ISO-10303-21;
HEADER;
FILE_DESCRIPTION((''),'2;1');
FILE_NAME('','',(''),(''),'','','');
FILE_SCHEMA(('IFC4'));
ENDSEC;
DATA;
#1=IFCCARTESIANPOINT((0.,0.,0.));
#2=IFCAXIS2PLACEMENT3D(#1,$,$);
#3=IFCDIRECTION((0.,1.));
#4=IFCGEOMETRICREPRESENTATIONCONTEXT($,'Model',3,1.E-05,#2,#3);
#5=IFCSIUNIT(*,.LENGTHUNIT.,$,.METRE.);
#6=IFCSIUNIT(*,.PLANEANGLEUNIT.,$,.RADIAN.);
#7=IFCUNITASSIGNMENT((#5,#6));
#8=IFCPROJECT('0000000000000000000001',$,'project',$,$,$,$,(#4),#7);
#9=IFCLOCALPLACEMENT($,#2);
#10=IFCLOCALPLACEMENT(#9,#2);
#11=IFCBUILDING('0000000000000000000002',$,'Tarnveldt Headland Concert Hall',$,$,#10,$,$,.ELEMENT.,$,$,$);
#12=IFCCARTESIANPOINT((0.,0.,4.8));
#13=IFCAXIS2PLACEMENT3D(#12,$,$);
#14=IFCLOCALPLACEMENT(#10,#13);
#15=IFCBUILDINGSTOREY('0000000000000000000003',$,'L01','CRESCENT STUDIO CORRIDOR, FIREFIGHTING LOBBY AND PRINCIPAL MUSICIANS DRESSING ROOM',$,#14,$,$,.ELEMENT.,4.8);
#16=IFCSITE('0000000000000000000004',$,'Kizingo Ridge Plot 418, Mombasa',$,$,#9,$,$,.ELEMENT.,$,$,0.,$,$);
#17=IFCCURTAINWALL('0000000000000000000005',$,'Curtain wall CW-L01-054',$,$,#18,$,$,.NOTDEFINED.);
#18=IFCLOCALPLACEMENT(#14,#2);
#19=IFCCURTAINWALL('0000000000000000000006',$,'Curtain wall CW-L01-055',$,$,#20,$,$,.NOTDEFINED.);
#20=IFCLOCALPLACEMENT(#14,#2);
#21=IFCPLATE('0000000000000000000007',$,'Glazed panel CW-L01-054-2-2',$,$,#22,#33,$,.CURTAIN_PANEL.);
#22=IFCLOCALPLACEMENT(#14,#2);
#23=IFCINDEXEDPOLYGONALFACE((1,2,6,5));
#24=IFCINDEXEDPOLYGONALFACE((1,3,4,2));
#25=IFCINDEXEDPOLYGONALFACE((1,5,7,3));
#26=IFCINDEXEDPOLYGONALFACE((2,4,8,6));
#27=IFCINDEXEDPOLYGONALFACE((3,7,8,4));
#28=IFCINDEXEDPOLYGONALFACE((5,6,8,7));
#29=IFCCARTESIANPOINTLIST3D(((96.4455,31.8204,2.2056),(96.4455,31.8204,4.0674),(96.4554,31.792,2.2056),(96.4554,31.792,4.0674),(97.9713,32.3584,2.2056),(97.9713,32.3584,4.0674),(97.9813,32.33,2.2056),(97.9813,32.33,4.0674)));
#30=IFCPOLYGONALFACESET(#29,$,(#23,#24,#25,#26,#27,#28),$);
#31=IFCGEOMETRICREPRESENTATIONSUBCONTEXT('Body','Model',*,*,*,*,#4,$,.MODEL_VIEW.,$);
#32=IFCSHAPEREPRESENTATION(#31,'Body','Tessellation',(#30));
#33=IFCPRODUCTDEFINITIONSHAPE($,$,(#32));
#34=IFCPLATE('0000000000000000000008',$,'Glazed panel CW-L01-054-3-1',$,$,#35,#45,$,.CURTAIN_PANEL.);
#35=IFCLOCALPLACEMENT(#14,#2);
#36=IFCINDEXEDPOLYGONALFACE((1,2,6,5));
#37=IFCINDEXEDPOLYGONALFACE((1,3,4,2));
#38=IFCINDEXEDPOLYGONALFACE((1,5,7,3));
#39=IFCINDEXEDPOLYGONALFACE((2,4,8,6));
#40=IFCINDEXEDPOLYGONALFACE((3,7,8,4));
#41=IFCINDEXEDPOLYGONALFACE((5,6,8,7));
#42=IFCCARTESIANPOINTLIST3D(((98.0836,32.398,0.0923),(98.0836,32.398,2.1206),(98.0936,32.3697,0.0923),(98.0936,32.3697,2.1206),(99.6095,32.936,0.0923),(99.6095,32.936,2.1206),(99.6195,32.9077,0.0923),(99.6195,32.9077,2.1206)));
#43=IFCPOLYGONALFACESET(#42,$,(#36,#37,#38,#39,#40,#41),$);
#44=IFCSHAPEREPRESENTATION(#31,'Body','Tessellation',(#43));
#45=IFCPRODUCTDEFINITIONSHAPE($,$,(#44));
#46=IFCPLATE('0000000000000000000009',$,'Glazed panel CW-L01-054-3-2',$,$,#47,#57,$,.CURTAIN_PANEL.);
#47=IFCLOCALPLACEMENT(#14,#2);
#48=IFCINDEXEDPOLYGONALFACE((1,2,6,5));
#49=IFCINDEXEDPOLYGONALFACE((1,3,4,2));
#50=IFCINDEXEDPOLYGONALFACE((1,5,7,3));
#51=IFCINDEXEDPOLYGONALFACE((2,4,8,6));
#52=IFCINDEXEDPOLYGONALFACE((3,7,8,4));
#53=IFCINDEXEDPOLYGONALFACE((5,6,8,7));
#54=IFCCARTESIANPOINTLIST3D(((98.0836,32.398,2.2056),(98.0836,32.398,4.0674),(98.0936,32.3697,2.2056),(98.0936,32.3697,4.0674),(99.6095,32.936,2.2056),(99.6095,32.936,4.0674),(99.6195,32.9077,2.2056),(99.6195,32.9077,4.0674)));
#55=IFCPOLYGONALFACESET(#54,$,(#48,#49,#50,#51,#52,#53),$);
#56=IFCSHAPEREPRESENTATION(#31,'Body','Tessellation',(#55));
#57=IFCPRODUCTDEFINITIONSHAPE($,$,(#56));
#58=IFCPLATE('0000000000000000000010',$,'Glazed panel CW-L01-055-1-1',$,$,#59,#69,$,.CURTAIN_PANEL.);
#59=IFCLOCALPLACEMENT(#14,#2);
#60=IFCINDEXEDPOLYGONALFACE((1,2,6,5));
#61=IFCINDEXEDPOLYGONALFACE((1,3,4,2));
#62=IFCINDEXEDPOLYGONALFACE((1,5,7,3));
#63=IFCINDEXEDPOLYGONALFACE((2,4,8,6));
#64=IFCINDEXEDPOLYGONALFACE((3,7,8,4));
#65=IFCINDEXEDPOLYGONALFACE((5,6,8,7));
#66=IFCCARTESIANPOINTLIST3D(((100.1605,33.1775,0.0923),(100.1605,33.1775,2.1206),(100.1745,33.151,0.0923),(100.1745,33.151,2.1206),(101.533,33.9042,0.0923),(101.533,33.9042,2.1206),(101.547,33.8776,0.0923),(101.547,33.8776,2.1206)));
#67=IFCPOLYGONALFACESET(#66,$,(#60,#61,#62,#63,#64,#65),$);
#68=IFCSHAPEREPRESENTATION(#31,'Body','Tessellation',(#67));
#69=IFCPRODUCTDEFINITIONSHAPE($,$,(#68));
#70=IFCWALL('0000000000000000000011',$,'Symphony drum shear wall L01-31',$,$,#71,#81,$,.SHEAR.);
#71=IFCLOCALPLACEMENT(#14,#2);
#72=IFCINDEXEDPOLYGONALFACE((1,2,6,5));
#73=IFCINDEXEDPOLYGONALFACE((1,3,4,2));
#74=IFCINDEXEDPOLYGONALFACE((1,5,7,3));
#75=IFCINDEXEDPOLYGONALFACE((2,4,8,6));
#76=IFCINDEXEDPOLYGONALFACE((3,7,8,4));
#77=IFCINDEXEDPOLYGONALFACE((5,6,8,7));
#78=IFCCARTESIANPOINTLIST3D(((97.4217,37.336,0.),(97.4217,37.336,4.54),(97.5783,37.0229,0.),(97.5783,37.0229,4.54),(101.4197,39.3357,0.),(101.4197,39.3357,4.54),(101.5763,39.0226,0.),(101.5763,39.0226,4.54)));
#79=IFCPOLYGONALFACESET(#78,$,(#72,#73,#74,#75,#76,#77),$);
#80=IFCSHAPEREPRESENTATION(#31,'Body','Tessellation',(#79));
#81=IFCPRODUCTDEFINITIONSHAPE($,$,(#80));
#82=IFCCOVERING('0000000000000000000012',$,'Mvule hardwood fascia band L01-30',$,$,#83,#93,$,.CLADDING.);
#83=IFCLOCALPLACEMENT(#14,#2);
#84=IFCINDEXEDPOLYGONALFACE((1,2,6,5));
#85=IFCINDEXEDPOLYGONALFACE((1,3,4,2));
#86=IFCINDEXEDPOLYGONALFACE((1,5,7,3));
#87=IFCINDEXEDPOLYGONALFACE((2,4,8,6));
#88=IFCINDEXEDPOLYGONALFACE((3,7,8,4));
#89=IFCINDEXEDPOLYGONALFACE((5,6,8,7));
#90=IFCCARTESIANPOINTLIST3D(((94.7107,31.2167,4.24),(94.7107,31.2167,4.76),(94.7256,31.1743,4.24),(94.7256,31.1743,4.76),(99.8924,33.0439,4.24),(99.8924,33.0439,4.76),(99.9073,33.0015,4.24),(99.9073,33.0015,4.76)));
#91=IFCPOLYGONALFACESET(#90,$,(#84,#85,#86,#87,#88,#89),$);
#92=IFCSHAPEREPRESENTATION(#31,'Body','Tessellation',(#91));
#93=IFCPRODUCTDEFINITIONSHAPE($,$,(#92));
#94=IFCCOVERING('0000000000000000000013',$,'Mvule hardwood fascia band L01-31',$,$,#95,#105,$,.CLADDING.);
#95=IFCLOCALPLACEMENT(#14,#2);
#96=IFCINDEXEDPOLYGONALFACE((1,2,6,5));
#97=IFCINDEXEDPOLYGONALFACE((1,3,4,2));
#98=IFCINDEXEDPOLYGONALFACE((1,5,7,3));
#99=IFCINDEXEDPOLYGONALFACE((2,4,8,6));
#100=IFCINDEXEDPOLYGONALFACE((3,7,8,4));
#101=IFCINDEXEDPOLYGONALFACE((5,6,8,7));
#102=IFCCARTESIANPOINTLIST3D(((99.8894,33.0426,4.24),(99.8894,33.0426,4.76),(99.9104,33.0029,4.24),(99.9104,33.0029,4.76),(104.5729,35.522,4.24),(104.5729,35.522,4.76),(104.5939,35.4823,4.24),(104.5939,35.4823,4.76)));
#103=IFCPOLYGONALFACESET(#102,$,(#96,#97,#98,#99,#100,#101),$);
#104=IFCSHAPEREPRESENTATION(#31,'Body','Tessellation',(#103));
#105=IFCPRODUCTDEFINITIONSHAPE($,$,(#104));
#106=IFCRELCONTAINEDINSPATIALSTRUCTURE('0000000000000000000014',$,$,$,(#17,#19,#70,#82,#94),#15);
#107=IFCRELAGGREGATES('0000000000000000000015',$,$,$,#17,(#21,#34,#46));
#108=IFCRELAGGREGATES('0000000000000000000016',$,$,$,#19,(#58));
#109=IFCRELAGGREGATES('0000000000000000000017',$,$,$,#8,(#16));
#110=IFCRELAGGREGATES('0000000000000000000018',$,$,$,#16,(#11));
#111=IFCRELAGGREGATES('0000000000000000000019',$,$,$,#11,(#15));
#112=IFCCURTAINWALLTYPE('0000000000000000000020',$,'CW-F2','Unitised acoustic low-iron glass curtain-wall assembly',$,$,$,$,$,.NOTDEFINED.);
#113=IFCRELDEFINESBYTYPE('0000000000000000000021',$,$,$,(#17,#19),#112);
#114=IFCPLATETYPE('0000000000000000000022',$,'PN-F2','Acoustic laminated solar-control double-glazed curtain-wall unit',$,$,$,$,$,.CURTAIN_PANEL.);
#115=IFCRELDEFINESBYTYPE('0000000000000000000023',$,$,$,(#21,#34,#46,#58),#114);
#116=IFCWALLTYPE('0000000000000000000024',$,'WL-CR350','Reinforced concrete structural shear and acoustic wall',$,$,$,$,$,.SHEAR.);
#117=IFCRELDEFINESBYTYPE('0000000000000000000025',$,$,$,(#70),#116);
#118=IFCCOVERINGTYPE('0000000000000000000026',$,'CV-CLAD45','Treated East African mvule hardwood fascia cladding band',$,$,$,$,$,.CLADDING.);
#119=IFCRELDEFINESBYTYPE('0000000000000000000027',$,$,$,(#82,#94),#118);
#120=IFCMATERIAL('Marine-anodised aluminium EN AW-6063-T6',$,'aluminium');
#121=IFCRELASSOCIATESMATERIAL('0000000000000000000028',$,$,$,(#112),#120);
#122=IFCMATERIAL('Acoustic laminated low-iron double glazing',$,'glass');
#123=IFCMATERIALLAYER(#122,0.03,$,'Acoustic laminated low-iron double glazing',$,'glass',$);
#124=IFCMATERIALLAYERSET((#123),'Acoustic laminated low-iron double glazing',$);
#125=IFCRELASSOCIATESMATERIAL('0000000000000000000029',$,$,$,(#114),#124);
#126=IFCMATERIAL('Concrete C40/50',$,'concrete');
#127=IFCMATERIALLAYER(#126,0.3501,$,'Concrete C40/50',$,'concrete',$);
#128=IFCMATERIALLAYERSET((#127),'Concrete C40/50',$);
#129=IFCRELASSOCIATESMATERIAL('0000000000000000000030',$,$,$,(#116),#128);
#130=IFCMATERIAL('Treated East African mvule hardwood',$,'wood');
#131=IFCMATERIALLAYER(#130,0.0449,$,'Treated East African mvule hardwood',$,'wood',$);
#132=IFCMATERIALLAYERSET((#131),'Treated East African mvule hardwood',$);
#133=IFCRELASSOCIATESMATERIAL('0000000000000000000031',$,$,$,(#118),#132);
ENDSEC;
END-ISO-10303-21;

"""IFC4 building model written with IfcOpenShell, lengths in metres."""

from ifc_helpers import new_model, si_unit, direction, frame, frame_2d, origin, origin_2d, place, context, subcontext, project, spatial, rectangle, extrude, material, layer, layer_set, type_object, element, aggregate, save


model = new_model("IFC4")

# Units and contexts
model_context = context("Model", 3, precision=1e-05, world=origin(), true_north=direction((0.0, 1.0)))
body_context = subcontext(model_context, "Body", "Model", "MODEL_VIEW")
ifc_project = project(units=[si_unit("LENGTHUNIT", "METRE"), si_unit("PLANEANGLEUNIT", "RADIAN")], contexts=[model_context])

# Site, building, storey
site_placement = place(None, origin())
site = spatial("IfcSite", under=ifc_project, at=site_placement, Name="Kizingo Ridge Plot 418, Mombasa", CompositionType="ELEMENT", RefElevation=0.0)
building_placement = place(site_placement, origin())
building = spatial("IfcBuilding", under=site, at=building_placement, Name="Tarnveldt Headland Concert Hall", CompositionType="ELEMENT")
storey_placement = place(building_placement, frame((0.0, 0.0, 4.8)))
storey = spatial("IfcBuildingStorey", under=building, at=storey_placement, Name="L01", Description="CRESCENT STUDIO CORRIDOR, FIREFIGHTING LOBBY AND PRINCIPAL MUSICIANS DRESSING ROOM", CompositionType="ELEMENT", Elevation=4.8)

# Shared definitions
ifc_material_1 = material(Name="Concrete C40/50", Category="concrete")

# Shared definitions
ifc_material_2 = material(Name="Marine-anodised aluminium EN AW-6063-T6", Category="aluminium")
curtain_wall_type = type_object("IfcCurtainWallType", Name="CW-F2", Description="Unitised acoustic low-iron glass curtain-wall assembly", PredefinedType="NOTDEFINED", material=ifc_material_2)

# Curtain wall
curtain_wall_1_placement = place(storey_placement, origin())
curtain_wall_1 = element("IfcCurtainWall", 1, at=curtain_wall_1_placement, inside=storey, type_object=curtain_wall_type, Name="Curtain wall CW-L01-054", PredefinedType="NOTDEFINED")

# Curtain wall
curtain_wall_2_placement = place(storey_placement, origin())
curtain_wall_2 = element("IfcCurtainWall", 2, at=curtain_wall_2_placement, inside=storey, type_object=curtain_wall_type, Name="Curtain wall CW-L01-055", PredefinedType="NOTDEFINED")

# Plates
ifc_material_3 = material(Name="Acoustic laminated low-iron double glazing", Category="glass")
ifc_layer_1 = layer(ifc_material_3, 0.03, Name="Acoustic laminated low-iron double glazing", Category="glass")
ifc_layer_set_1 = layer_set([ifc_layer_1], Name="Acoustic laminated low-iron double glazing")
plate_type = type_object("IfcPlateType", Name="PN-F2", Description="Acoustic laminated solar-control double-glazed curtain-wall unit", PredefinedType="CURTAIN_PANEL", material=ifc_layer_set_1)
plate_1_placement = place(storey_placement, frame((97.2134, 32.0752, 2.2056), z_axis=(0.0, 0.0, 1.0), x_axis=(0.943095, 0.332523, 0.0)))
plate_1 = element("IfcPlate", 3, at=plate_1_placement, type_object=plate_type, Name="Glazed panel CW-L01-054-2-2", PredefinedType="CURTAIN_PANEL", context=body_context, shape_type="SweptSolid", body=[
    extrude(rectangle(XDim=1.6179, YDim=0.03, at=origin_2d()), origin(), (0.0, 0.0, 1.0), 1.8618),
])
plate_2_placement = place(storey_placement, frame((98.8516, 32.6528, 0.0923), z_axis=(0.0, 0.0, 1.0), x_axis=(0.943095, 0.332523, 0.0)))
plate_2 = element("IfcPlate", 4, at=plate_2_placement, type_object=plate_type, Name="Glazed panel CW-L01-054-3-1", PredefinedType="CURTAIN_PANEL", context=body_context, shape_type="SweptSolid", body=[
    extrude(rectangle(XDim=1.6179, YDim=0.03, at=origin_2d()), origin(), (0.0, 0.0, 1.0), 2.0283),
])
plate_3_placement = place(storey_placement, frame((98.8516, 32.6528, 2.2056), z_axis=(0.0, 0.0, 1.0), x_axis=(0.943095, 0.332523, 0.0)))
plate_3 = element("IfcPlate", 5, at=plate_3_placement, type_object=plate_type, Name="Glazed panel CW-L01-054-3-2", PredefinedType="CURTAIN_PANEL", context=body_context, shape_type="SweptSolid", body=[
    extrude(rectangle(XDim=1.6179, YDim=0.03, at=origin_2d()), origin(), (0.0, 0.0, 1.0), 1.8618),
])
aggregate(curtain_wall_1, [plate_1, plate_2, plate_3])
plate_4_placement = place(storey_placement, frame((100.8538, 33.5276, 0.0923), z_axis=(0.0, 0.0, 1.0), x_axis=(0.883782, 0.467899, 0.0)))
plate_4 = element("IfcPlate", 6, at=plate_4_placement, type_object=plate_type, Name="Glazed panel CW-L01-055-1-1", PredefinedType="CURTAIN_PANEL", context=body_context, shape_type="SweptSolid", body=[
    extrude(rectangle(XDim=1.553, YDim=0.03, at=origin_2d()), origin(), (0.0, 0.0, 1.0), 2.0283),
])
aggregate(curtain_wall_2, [plate_4])

# Wall
ifc_layer_2 = layer(ifc_material_1, 0.3501, Name="Concrete C40/50", Category="concrete")
ifc_layer_set_2 = layer_set([ifc_layer_2], Name="Concrete C40/50")
wall_type = type_object("IfcWallType", Name="WL-CR350", Description="Reinforced concrete structural shear and acoustic wall", PredefinedType="SHEAR", material=ifc_layer_set_2)
wall_placement = place(storey_placement, frame((97.5, 37.1794, 0.0), z_axis=(0.0, 0.0, 1.0), x_axis=(0.894362, 0.447345, 0.0)))
element("IfcWall", 7, at=wall_placement, inside=storey, type_object=wall_type, Name="Symphony drum shear wall L01-31", PredefinedType="SHEAR", context=body_context, shape_type="SweptSolid", body=[
    extrude(rectangle(XDim=4.4702, YDim=0.3501, at=frame_2d((2.2351, 0.0))), origin(), (0.0, 0.0, 1.0), 4.54),
])

# Coverings
ifc_material_4 = material(Name="Treated East African mvule hardwood", Category="wood")
ifc_layer_3 = layer(ifc_material_4, 0.0449, Name="Treated East African mvule hardwood", Category="wood")
ifc_layer_set_3 = layer_set([ifc_layer_3], Name="Treated East African mvule hardwood")
covering_type = type_object("IfcCoveringType", Name="CV-CLAD45", Description="Treated East African mvule hardwood fascia cladding band", PredefinedType="CLADDING", material=ifc_layer_set_3)
covering_1_placement = place(storey_placement, frame((94.7183, 31.1956, 4.24), z_axis=(0.0, 0.0, 1.0), x_axis=(0.943085, 0.33255, 0.0)))
element("IfcCovering", 8, at=covering_1_placement, inside=storey, type_object=covering_type, Name="Mvule hardwood fascia band L01-30", PredefinedType="CLADDING", context=body_context, shape_type="SweptSolid", body=[
    extrude(rectangle(XDim=5.4944, YDim=0.0449, at=frame_2d((2.7471, 0.0))), origin(), (0.0, 0.0, 1.0), 0.52),
])
covering_2_placement = place(storey_placement, frame((99.8999, 33.0227, 4.24), z_axis=(0.0, 0.0, 1.0), x_axis=(0.883792, 0.467879, 0.0)))
element("IfcCovering", 9, at=covering_2_placement, inside=storey, type_object=covering_type, Name="Mvule hardwood fascia band L01-31", PredefinedType="CLADDING", context=body_context, shape_type="SweptSolid", body=[
    extrude(rectangle(XDim=5.2993, YDim=0.0449, at=frame_2d((2.6497, 0.0))), origin(), (0.0, 0.0, 1.0), 0.52),
])

save(model, "model.ifc")
